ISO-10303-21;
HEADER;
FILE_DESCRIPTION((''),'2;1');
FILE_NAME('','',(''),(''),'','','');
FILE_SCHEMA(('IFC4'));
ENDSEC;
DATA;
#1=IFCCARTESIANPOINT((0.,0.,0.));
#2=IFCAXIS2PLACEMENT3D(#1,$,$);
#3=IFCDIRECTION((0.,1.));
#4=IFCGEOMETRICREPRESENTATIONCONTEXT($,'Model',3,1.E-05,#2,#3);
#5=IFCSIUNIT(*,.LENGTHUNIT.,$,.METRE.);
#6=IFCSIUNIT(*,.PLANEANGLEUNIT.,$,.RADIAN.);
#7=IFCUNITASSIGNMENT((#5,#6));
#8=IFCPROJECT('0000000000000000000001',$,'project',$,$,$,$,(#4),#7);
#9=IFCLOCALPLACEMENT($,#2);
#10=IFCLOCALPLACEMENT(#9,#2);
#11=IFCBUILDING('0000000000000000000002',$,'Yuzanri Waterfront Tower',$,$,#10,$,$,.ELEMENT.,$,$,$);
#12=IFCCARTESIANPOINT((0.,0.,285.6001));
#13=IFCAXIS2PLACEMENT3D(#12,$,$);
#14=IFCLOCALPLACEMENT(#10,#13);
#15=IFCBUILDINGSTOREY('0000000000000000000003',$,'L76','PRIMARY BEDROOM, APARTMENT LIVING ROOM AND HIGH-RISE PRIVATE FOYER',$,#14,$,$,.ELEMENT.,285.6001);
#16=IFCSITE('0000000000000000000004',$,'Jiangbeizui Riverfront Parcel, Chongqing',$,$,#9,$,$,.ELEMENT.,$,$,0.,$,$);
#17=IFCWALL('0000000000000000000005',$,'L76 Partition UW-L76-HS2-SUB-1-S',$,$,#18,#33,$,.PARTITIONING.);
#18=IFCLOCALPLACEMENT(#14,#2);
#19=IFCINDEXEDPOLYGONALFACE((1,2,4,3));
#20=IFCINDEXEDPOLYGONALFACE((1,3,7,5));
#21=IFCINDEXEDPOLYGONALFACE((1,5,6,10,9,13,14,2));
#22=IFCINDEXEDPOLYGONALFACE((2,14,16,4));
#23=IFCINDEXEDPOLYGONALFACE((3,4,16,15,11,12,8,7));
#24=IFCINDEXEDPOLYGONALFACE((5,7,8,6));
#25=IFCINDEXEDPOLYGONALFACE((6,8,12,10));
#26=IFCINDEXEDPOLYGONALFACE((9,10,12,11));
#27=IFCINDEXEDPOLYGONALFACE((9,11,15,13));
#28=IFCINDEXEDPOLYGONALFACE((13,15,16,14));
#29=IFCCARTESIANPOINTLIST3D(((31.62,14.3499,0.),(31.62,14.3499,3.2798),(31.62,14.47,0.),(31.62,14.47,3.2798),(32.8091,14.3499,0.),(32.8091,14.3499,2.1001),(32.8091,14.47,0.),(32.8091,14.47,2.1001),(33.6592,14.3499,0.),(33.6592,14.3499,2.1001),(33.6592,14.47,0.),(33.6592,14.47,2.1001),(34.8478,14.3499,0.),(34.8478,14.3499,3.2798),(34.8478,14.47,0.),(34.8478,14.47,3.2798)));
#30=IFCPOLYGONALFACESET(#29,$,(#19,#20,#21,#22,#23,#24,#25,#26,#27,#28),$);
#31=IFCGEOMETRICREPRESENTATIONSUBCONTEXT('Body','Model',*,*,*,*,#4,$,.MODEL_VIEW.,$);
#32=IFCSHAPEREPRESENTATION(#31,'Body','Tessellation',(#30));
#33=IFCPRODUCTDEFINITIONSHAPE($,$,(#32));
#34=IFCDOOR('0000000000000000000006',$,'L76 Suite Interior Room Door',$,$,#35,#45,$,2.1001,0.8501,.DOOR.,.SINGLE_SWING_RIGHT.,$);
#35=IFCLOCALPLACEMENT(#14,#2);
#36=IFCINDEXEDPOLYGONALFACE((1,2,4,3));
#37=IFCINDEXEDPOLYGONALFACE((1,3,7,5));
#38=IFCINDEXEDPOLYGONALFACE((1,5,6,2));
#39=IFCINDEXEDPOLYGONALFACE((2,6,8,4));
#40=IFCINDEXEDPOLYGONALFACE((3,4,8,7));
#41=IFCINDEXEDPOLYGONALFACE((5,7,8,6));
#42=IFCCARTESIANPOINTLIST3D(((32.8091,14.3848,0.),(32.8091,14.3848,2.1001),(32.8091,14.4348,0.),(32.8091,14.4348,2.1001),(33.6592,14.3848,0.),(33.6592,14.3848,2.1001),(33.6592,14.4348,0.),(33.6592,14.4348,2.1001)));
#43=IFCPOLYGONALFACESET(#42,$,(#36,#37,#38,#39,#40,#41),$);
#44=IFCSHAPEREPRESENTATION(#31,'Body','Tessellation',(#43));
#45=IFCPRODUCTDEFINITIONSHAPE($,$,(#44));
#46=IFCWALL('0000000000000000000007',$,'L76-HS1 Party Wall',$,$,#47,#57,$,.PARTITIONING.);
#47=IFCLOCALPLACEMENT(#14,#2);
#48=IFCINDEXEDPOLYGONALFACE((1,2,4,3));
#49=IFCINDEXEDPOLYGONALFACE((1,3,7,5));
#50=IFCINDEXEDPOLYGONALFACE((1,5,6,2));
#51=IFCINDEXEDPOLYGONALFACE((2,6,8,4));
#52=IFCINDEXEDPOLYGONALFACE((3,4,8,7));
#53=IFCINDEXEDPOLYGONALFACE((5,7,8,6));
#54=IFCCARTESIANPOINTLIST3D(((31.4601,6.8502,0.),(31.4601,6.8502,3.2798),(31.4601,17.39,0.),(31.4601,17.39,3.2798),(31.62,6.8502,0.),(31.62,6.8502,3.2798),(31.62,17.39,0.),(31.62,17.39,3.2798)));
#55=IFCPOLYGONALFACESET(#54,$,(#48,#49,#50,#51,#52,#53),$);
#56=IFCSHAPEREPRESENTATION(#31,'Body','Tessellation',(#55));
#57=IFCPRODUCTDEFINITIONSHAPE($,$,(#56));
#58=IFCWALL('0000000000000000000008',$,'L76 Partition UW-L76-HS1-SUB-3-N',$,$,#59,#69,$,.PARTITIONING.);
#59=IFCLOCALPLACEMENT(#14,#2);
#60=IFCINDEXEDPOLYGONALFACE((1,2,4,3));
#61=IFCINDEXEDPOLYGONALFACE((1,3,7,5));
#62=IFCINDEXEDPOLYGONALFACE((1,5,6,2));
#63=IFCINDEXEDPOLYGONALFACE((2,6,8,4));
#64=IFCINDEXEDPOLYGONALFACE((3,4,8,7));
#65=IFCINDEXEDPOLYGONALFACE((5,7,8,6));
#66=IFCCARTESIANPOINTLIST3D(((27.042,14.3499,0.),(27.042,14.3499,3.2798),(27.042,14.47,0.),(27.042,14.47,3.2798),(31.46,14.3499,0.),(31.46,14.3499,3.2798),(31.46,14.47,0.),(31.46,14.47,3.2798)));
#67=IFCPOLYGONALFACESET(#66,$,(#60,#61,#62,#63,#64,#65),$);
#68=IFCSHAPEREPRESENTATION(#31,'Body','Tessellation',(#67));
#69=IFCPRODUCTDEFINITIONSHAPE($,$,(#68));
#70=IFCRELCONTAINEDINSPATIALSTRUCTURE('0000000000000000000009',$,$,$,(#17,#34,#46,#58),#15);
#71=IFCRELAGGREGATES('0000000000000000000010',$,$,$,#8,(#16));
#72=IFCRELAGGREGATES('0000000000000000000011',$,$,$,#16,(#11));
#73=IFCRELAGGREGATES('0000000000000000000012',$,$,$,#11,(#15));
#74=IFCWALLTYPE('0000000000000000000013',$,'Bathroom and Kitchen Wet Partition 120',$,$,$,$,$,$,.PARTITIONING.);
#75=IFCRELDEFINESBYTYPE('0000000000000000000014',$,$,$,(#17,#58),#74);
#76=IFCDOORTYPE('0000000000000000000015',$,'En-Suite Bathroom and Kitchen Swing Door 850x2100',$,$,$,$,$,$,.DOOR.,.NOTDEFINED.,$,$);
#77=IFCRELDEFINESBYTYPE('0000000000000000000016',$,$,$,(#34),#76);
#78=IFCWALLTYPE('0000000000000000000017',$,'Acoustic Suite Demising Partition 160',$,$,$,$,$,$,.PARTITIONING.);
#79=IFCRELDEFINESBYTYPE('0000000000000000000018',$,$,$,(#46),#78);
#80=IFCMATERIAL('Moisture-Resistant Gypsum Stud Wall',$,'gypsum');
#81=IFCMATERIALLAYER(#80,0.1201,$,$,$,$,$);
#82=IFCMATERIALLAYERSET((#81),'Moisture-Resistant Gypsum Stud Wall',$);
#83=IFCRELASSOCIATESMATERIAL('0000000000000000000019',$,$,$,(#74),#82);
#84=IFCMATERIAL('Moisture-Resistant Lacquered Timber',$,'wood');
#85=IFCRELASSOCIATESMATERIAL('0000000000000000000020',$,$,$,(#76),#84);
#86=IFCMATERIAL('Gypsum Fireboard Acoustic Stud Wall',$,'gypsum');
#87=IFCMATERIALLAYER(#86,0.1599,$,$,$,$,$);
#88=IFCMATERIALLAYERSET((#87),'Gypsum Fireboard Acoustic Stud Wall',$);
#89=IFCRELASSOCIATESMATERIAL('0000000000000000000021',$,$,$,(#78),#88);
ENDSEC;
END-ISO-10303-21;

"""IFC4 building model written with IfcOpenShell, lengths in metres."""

from ifc_helpers import new_model, si_unit, direction, frame, frame_2d, origin, place, context, subcontext, project, spatial, rectangle, extrude, source, transform, mapped, material, layer, layer_set, type_object, element, fill, save


model = new_model("IFC4")

# Units and contexts
model_context = context("Model", 3, precision=1e-05, world=origin(), true_north=direction((0.0, 1.0)))
body_context = subcontext(model_context, "Body", "Model", "MODEL_VIEW")
ifc_project = project(units=[si_unit("LENGTHUNIT", "METRE"), si_unit("PLANEANGLEUNIT", "RADIAN")], contexts=[model_context])

# Site, building, storey
site_placement = place(None, origin())
site = spatial("IfcSite", under=ifc_project, at=site_placement, Name="Jiangbeizui Riverfront Parcel, Chongqing", CompositionType="ELEMENT", RefElevation=0.0)
building_placement = place(site_placement, origin())
building = spatial("IfcBuilding", under=site, at=building_placement, Name="Yuzanri Waterfront Tower", CompositionType="ELEMENT")
storey_placement = place(building_placement, frame((0.0, 0.0, 285.6001)))
storey = spatial("IfcBuildingStorey", under=building, at=storey_placement, Name="L76", Description="PRIMARY BEDROOM, APARTMENT LIVING ROOM AND HIGH-RISE PRIVATE FOYER", CompositionType="ELEMENT", Elevation=285.6001)

# Wall, opening, door
ifc_material_1 = material(Name="Moisture-Resistant Gypsum Stud Wall", Category="gypsum")
ifc_layer_1 = layer(ifc_material_1, 0.1201)
ifc_layer_set_1 = layer_set([ifc_layer_1], Name="Moisture-Resistant Gypsum Stud Wall")
wall_type_1 = type_object("IfcWallType", Name="Bathroom and Kitchen Wet Partition 120", PredefinedType="PARTITIONING", material=ifc_layer_set_1)
wall_1_placement = place(storey_placement, frame((31.6201, 14.4099, 0.0), z_axis=(0.0, 0.0, 1.0), x_axis=(1.0, 0.0, 0.0)))
wall_1 = element("IfcWall", 1, at=wall_1_placement, inside=storey, type_object=wall_type_1, Name="L76 Partition UW-L76-HS2-SUB-1-S", PredefinedType="PARTITIONING", context=body_context, shape_type="SweptSolid", body=[
    extrude(rectangle(XDim=3.2278, YDim=0.1201, at=frame_2d((1.6138, 0.0))), origin(), (0.0, 0.0, 1.0), 3.2798),
])
opening_1_placement = place(wall_1_placement, frame((1.189, 0.0, 0.0)))
opening_1 = element("IfcOpeningElement", 2, at=opening_1_placement, cuts=wall_1, PredefinedType="OPENING", context=body_context, shape_type="SweptSolid", body=[
    extrude(rectangle(XDim=0.8501, YDim=2.1001, at=frame_2d((0.425, 1.05))), frame((0.0, 0.075, 0.0), z_axis=(0.0, -1.0, 0.0), x_axis=(1.0, 0.0, 0.0)), (0.0, 0.0, 1.0), 0.1499),
])
ifc_material_2 = material(Name="Moisture-Resistant Lacquered Timber", Category="wood")
door_type_1 = type_object("IfcDoorType", Name="En-Suite Bathroom and Kitchen Swing Door 850x2100", OperationType="NOTDEFINED", PredefinedType="DOOR", material=ifc_material_2)
shared_shape_1 = source(origin(), body_context, "Body", "SweptSolid", [
    extrude(rectangle(XDim=0.8501, YDim=2.1001, at=frame_2d((0.425, 1.05))), frame((0.0, 0.0249, 0.0), z_axis=(0.0, -1.0, 0.0), x_axis=(1.0, 0.0, 0.0)), (0.0, 0.0, 1.0), 0.05),
])
door_1_placement = place(opening_1_placement, origin())
door_1 = element("IfcDoor", 3, at=door_1_placement, inside=storey, type_object=door_type_1, Name="L76 Suite Interior Room Door", OperationType="SINGLE_SWING_RIGHT", OverallHeight=2.1001, OverallWidth=0.8501, PredefinedType="DOOR", context=body_context, shape_type="MappedRepresentation", body=[
    mapped(shared_shape_1, transform((0.0, 0.0, 0.0), scale=1.0)),
])
fill(opening_1, door_1)

# Walls
ifc_material_3 = material(Name="Gypsum Fireboard Acoustic Stud Wall", Category="gypsum")
ifc_layer_2 = layer(ifc_material_3, 0.1599)
ifc_layer_set_2 = layer_set([ifc_layer_2], Name="Gypsum Fireboard Acoustic Stud Wall")
wall_type_2 = type_object("IfcWallType", Name="Acoustic Suite Demising Partition 160", PredefinedType="PARTITIONING", material=ifc_layer_set_2)
shared_shape_2 = source(origin(), body_context, "Body", "SweptSolid", [
    extrude(rectangle(XDim=10.5398, YDim=0.1599, at=frame_2d((5.27, 0.0))), origin(), (0.0, 0.0, 1.0), 3.2798),
])
wall_2_placement = place(storey_placement, frame((31.54, 6.8501, 0.0), z_axis=(0.0, 0.0, 1.0), x_axis=(0.0, 1.0, 0.0)))
element("IfcWall", 4, at=wall_2_placement, inside=storey, type_object=wall_type_2, Name="L76-HS1 Party Wall", PredefinedType="PARTITIONING", context=body_context, shape_type="MappedRepresentation", body=[
    mapped(shared_shape_2, transform((0.0, 0.0, 0.0), scale=1.0)),
])
shared_shape_3 = source(origin(), body_context, "Body", "SweptSolid", [
    extrude(rectangle(XDim=4.418, YDim=0.1201, at=frame_2d((2.209, 0.0))), origin(), (0.0, 0.0, 1.0), 3.2798),
])
wall_3_placement = place(storey_placement, frame((27.042, 14.4099, 0.0), z_axis=(0.0, 0.0, 1.0), x_axis=(1.0, 0.0, 0.0)))
element("IfcWall", 5, at=wall_3_placement, inside=storey, type_object=wall_type_1, Name="L76 Partition UW-L76-HS1-SUB-3-N", PredefinedType="PARTITIONING", context=body_context, shape_type="MappedRepresentation", body=[
    mapped(shared_shape_3, transform((0.0, 0.0, 0.0), scale=1.0)),
])

save(model, "model.ifc")
